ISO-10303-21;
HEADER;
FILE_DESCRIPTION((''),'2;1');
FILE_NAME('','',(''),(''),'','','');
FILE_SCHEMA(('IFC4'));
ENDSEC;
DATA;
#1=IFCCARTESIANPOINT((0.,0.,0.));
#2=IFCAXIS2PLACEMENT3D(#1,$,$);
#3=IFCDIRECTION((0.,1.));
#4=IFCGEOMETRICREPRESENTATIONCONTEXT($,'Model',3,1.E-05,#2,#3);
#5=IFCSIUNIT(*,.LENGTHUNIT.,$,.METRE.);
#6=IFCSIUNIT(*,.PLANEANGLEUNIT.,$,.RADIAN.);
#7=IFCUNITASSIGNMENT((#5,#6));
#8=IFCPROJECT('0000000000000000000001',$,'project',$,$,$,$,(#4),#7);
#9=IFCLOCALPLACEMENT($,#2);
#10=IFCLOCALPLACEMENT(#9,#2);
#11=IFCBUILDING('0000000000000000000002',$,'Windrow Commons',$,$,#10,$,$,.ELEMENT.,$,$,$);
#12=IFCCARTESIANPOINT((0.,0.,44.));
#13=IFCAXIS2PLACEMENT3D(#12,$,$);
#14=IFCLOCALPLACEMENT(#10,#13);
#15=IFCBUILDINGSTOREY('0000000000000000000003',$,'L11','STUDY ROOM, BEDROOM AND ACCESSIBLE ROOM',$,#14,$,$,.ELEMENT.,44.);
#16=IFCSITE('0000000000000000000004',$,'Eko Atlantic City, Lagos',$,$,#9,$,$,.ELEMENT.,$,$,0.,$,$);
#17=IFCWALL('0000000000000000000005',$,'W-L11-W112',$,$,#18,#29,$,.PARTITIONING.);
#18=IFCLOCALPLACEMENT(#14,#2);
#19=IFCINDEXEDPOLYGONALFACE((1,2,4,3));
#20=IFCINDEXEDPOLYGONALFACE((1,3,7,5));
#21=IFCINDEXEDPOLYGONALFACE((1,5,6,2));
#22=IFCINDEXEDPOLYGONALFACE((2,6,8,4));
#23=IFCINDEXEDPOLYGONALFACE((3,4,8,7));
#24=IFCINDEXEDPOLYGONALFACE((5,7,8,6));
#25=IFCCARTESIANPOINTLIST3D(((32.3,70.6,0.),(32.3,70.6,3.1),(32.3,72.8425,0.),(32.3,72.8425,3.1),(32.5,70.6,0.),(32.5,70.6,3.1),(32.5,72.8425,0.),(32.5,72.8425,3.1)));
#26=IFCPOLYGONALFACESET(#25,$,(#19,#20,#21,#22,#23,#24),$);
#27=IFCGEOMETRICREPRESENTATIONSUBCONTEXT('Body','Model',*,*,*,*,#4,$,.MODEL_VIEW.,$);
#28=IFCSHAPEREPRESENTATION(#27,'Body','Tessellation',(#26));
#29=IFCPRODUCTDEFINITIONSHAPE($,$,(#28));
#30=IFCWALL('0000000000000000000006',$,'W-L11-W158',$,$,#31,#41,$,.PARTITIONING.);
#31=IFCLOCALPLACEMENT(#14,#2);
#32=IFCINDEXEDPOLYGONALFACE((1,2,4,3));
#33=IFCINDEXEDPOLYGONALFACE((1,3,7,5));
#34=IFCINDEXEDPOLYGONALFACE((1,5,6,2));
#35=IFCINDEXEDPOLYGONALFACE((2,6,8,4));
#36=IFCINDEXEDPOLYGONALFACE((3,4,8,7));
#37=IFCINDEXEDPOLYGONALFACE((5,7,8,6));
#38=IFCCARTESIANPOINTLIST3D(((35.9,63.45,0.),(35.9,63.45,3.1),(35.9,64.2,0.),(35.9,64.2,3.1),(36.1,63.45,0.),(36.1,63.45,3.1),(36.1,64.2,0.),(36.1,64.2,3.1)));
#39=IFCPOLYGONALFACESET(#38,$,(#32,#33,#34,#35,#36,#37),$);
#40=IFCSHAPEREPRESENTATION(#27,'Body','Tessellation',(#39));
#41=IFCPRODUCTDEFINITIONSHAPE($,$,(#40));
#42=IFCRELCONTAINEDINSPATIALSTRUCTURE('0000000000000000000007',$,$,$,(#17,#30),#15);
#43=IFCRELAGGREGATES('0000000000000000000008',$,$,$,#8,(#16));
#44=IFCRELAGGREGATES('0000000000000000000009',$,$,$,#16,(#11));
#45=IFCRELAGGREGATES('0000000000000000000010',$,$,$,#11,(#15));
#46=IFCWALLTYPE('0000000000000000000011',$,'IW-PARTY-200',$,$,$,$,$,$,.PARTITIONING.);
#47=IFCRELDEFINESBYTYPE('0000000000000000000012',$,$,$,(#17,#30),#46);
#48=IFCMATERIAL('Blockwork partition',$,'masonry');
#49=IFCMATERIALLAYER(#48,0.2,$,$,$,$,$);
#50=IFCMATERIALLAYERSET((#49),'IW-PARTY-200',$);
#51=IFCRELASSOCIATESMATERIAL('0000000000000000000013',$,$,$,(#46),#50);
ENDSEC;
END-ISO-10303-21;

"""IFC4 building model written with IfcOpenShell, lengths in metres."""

from ifc_helpers import new_model, si_unit, direction, frame, frame_2d, origin, place, context, subcontext, project, spatial, rectangle, extrude, material, layer, layer_set, type_object, element, save


model = new_model("IFC4")

# Units and contexts
model_context = context("Model", 3, precision=1e-05, world=origin(), true_north=direction((0.0, 1.0)))
body_context = subcontext(model_context, "Body", "Model", "MODEL_VIEW")
ifc_project = project(units=[si_unit("LENGTHUNIT", "METRE"), si_unit("PLANEANGLEUNIT", "RADIAN")], contexts=[model_context])

# Site, building, storey
site_placement = place(None, origin())
site = spatial("IfcSite", under=ifc_project, at=site_placement, Name="Eko Atlantic City, Lagos", CompositionType="ELEMENT", RefElevation=0.0)
building_placement = place(site_placement, origin())
building = spatial("IfcBuilding", under=site, at=building_placement, Name="Windrow Commons", CompositionType="ELEMENT")
storey_placement = place(building_placement, frame((0.0, 0.0, 44.0)))
storey = spatial("IfcBuildingStorey", under=building, at=storey_placement, Name="L11", Description="STUDY ROOM, BEDROOM AND ACCESSIBLE ROOM", CompositionType="ELEMENT", Elevation=44.0)

# Walls
ifc_material_1 = material(Name="Blockwork partition", Category="masonry")
ifc_layer_1 = layer(ifc_material_1, 0.2)
ifc_layer_set_1 = layer_set([ifc_layer_1], Name="IW-PARTY-200")
wall_type_1 = type_object("IfcWallType", Name="IW-PARTY-200", PredefinedType="PARTITIONING", material=ifc_layer_set_1)
wall_1_placement = place(storey_placement, frame((32.4, 70.6, 0.0), z_axis=(0.0, 0.0, 1.0), x_axis=(0.0, 1.0, 0.0)))
element("IfcWall", 1, at=wall_1_placement, inside=storey, type_object=wall_type_1, Name="W-L11-W112", PredefinedType="PARTITIONING", context=body_context, shape_type="SweptSolid", body=[
    extrude(rectangle(XDim=2.2425, YDim=0.2, at=frame_2d((1.1213, 0.0))), origin(), (0.0, 0.0, 1.0), 3.1),
])
wall_2_placement = place(storey_placement, frame((36.0, 63.45, 0.0), z_axis=(0.0, 0.0, 1.0), x_axis=(0.0, 1.0, 0.0)))
element("IfcWall", 2, at=wall_2_placement, inside=storey, type_object=wall_type_1, Name="W-L11-W158", PredefinedType="PARTITIONING", context=body_context, shape_type="SweptSolid", body=[
    extrude(rectangle(XDim=0.75, YDim=0.2, at=frame_2d((0.375, 0.0))), origin(), (0.0, 0.0, 1.0), 3.1),
])

save(model, "model.ifc")
